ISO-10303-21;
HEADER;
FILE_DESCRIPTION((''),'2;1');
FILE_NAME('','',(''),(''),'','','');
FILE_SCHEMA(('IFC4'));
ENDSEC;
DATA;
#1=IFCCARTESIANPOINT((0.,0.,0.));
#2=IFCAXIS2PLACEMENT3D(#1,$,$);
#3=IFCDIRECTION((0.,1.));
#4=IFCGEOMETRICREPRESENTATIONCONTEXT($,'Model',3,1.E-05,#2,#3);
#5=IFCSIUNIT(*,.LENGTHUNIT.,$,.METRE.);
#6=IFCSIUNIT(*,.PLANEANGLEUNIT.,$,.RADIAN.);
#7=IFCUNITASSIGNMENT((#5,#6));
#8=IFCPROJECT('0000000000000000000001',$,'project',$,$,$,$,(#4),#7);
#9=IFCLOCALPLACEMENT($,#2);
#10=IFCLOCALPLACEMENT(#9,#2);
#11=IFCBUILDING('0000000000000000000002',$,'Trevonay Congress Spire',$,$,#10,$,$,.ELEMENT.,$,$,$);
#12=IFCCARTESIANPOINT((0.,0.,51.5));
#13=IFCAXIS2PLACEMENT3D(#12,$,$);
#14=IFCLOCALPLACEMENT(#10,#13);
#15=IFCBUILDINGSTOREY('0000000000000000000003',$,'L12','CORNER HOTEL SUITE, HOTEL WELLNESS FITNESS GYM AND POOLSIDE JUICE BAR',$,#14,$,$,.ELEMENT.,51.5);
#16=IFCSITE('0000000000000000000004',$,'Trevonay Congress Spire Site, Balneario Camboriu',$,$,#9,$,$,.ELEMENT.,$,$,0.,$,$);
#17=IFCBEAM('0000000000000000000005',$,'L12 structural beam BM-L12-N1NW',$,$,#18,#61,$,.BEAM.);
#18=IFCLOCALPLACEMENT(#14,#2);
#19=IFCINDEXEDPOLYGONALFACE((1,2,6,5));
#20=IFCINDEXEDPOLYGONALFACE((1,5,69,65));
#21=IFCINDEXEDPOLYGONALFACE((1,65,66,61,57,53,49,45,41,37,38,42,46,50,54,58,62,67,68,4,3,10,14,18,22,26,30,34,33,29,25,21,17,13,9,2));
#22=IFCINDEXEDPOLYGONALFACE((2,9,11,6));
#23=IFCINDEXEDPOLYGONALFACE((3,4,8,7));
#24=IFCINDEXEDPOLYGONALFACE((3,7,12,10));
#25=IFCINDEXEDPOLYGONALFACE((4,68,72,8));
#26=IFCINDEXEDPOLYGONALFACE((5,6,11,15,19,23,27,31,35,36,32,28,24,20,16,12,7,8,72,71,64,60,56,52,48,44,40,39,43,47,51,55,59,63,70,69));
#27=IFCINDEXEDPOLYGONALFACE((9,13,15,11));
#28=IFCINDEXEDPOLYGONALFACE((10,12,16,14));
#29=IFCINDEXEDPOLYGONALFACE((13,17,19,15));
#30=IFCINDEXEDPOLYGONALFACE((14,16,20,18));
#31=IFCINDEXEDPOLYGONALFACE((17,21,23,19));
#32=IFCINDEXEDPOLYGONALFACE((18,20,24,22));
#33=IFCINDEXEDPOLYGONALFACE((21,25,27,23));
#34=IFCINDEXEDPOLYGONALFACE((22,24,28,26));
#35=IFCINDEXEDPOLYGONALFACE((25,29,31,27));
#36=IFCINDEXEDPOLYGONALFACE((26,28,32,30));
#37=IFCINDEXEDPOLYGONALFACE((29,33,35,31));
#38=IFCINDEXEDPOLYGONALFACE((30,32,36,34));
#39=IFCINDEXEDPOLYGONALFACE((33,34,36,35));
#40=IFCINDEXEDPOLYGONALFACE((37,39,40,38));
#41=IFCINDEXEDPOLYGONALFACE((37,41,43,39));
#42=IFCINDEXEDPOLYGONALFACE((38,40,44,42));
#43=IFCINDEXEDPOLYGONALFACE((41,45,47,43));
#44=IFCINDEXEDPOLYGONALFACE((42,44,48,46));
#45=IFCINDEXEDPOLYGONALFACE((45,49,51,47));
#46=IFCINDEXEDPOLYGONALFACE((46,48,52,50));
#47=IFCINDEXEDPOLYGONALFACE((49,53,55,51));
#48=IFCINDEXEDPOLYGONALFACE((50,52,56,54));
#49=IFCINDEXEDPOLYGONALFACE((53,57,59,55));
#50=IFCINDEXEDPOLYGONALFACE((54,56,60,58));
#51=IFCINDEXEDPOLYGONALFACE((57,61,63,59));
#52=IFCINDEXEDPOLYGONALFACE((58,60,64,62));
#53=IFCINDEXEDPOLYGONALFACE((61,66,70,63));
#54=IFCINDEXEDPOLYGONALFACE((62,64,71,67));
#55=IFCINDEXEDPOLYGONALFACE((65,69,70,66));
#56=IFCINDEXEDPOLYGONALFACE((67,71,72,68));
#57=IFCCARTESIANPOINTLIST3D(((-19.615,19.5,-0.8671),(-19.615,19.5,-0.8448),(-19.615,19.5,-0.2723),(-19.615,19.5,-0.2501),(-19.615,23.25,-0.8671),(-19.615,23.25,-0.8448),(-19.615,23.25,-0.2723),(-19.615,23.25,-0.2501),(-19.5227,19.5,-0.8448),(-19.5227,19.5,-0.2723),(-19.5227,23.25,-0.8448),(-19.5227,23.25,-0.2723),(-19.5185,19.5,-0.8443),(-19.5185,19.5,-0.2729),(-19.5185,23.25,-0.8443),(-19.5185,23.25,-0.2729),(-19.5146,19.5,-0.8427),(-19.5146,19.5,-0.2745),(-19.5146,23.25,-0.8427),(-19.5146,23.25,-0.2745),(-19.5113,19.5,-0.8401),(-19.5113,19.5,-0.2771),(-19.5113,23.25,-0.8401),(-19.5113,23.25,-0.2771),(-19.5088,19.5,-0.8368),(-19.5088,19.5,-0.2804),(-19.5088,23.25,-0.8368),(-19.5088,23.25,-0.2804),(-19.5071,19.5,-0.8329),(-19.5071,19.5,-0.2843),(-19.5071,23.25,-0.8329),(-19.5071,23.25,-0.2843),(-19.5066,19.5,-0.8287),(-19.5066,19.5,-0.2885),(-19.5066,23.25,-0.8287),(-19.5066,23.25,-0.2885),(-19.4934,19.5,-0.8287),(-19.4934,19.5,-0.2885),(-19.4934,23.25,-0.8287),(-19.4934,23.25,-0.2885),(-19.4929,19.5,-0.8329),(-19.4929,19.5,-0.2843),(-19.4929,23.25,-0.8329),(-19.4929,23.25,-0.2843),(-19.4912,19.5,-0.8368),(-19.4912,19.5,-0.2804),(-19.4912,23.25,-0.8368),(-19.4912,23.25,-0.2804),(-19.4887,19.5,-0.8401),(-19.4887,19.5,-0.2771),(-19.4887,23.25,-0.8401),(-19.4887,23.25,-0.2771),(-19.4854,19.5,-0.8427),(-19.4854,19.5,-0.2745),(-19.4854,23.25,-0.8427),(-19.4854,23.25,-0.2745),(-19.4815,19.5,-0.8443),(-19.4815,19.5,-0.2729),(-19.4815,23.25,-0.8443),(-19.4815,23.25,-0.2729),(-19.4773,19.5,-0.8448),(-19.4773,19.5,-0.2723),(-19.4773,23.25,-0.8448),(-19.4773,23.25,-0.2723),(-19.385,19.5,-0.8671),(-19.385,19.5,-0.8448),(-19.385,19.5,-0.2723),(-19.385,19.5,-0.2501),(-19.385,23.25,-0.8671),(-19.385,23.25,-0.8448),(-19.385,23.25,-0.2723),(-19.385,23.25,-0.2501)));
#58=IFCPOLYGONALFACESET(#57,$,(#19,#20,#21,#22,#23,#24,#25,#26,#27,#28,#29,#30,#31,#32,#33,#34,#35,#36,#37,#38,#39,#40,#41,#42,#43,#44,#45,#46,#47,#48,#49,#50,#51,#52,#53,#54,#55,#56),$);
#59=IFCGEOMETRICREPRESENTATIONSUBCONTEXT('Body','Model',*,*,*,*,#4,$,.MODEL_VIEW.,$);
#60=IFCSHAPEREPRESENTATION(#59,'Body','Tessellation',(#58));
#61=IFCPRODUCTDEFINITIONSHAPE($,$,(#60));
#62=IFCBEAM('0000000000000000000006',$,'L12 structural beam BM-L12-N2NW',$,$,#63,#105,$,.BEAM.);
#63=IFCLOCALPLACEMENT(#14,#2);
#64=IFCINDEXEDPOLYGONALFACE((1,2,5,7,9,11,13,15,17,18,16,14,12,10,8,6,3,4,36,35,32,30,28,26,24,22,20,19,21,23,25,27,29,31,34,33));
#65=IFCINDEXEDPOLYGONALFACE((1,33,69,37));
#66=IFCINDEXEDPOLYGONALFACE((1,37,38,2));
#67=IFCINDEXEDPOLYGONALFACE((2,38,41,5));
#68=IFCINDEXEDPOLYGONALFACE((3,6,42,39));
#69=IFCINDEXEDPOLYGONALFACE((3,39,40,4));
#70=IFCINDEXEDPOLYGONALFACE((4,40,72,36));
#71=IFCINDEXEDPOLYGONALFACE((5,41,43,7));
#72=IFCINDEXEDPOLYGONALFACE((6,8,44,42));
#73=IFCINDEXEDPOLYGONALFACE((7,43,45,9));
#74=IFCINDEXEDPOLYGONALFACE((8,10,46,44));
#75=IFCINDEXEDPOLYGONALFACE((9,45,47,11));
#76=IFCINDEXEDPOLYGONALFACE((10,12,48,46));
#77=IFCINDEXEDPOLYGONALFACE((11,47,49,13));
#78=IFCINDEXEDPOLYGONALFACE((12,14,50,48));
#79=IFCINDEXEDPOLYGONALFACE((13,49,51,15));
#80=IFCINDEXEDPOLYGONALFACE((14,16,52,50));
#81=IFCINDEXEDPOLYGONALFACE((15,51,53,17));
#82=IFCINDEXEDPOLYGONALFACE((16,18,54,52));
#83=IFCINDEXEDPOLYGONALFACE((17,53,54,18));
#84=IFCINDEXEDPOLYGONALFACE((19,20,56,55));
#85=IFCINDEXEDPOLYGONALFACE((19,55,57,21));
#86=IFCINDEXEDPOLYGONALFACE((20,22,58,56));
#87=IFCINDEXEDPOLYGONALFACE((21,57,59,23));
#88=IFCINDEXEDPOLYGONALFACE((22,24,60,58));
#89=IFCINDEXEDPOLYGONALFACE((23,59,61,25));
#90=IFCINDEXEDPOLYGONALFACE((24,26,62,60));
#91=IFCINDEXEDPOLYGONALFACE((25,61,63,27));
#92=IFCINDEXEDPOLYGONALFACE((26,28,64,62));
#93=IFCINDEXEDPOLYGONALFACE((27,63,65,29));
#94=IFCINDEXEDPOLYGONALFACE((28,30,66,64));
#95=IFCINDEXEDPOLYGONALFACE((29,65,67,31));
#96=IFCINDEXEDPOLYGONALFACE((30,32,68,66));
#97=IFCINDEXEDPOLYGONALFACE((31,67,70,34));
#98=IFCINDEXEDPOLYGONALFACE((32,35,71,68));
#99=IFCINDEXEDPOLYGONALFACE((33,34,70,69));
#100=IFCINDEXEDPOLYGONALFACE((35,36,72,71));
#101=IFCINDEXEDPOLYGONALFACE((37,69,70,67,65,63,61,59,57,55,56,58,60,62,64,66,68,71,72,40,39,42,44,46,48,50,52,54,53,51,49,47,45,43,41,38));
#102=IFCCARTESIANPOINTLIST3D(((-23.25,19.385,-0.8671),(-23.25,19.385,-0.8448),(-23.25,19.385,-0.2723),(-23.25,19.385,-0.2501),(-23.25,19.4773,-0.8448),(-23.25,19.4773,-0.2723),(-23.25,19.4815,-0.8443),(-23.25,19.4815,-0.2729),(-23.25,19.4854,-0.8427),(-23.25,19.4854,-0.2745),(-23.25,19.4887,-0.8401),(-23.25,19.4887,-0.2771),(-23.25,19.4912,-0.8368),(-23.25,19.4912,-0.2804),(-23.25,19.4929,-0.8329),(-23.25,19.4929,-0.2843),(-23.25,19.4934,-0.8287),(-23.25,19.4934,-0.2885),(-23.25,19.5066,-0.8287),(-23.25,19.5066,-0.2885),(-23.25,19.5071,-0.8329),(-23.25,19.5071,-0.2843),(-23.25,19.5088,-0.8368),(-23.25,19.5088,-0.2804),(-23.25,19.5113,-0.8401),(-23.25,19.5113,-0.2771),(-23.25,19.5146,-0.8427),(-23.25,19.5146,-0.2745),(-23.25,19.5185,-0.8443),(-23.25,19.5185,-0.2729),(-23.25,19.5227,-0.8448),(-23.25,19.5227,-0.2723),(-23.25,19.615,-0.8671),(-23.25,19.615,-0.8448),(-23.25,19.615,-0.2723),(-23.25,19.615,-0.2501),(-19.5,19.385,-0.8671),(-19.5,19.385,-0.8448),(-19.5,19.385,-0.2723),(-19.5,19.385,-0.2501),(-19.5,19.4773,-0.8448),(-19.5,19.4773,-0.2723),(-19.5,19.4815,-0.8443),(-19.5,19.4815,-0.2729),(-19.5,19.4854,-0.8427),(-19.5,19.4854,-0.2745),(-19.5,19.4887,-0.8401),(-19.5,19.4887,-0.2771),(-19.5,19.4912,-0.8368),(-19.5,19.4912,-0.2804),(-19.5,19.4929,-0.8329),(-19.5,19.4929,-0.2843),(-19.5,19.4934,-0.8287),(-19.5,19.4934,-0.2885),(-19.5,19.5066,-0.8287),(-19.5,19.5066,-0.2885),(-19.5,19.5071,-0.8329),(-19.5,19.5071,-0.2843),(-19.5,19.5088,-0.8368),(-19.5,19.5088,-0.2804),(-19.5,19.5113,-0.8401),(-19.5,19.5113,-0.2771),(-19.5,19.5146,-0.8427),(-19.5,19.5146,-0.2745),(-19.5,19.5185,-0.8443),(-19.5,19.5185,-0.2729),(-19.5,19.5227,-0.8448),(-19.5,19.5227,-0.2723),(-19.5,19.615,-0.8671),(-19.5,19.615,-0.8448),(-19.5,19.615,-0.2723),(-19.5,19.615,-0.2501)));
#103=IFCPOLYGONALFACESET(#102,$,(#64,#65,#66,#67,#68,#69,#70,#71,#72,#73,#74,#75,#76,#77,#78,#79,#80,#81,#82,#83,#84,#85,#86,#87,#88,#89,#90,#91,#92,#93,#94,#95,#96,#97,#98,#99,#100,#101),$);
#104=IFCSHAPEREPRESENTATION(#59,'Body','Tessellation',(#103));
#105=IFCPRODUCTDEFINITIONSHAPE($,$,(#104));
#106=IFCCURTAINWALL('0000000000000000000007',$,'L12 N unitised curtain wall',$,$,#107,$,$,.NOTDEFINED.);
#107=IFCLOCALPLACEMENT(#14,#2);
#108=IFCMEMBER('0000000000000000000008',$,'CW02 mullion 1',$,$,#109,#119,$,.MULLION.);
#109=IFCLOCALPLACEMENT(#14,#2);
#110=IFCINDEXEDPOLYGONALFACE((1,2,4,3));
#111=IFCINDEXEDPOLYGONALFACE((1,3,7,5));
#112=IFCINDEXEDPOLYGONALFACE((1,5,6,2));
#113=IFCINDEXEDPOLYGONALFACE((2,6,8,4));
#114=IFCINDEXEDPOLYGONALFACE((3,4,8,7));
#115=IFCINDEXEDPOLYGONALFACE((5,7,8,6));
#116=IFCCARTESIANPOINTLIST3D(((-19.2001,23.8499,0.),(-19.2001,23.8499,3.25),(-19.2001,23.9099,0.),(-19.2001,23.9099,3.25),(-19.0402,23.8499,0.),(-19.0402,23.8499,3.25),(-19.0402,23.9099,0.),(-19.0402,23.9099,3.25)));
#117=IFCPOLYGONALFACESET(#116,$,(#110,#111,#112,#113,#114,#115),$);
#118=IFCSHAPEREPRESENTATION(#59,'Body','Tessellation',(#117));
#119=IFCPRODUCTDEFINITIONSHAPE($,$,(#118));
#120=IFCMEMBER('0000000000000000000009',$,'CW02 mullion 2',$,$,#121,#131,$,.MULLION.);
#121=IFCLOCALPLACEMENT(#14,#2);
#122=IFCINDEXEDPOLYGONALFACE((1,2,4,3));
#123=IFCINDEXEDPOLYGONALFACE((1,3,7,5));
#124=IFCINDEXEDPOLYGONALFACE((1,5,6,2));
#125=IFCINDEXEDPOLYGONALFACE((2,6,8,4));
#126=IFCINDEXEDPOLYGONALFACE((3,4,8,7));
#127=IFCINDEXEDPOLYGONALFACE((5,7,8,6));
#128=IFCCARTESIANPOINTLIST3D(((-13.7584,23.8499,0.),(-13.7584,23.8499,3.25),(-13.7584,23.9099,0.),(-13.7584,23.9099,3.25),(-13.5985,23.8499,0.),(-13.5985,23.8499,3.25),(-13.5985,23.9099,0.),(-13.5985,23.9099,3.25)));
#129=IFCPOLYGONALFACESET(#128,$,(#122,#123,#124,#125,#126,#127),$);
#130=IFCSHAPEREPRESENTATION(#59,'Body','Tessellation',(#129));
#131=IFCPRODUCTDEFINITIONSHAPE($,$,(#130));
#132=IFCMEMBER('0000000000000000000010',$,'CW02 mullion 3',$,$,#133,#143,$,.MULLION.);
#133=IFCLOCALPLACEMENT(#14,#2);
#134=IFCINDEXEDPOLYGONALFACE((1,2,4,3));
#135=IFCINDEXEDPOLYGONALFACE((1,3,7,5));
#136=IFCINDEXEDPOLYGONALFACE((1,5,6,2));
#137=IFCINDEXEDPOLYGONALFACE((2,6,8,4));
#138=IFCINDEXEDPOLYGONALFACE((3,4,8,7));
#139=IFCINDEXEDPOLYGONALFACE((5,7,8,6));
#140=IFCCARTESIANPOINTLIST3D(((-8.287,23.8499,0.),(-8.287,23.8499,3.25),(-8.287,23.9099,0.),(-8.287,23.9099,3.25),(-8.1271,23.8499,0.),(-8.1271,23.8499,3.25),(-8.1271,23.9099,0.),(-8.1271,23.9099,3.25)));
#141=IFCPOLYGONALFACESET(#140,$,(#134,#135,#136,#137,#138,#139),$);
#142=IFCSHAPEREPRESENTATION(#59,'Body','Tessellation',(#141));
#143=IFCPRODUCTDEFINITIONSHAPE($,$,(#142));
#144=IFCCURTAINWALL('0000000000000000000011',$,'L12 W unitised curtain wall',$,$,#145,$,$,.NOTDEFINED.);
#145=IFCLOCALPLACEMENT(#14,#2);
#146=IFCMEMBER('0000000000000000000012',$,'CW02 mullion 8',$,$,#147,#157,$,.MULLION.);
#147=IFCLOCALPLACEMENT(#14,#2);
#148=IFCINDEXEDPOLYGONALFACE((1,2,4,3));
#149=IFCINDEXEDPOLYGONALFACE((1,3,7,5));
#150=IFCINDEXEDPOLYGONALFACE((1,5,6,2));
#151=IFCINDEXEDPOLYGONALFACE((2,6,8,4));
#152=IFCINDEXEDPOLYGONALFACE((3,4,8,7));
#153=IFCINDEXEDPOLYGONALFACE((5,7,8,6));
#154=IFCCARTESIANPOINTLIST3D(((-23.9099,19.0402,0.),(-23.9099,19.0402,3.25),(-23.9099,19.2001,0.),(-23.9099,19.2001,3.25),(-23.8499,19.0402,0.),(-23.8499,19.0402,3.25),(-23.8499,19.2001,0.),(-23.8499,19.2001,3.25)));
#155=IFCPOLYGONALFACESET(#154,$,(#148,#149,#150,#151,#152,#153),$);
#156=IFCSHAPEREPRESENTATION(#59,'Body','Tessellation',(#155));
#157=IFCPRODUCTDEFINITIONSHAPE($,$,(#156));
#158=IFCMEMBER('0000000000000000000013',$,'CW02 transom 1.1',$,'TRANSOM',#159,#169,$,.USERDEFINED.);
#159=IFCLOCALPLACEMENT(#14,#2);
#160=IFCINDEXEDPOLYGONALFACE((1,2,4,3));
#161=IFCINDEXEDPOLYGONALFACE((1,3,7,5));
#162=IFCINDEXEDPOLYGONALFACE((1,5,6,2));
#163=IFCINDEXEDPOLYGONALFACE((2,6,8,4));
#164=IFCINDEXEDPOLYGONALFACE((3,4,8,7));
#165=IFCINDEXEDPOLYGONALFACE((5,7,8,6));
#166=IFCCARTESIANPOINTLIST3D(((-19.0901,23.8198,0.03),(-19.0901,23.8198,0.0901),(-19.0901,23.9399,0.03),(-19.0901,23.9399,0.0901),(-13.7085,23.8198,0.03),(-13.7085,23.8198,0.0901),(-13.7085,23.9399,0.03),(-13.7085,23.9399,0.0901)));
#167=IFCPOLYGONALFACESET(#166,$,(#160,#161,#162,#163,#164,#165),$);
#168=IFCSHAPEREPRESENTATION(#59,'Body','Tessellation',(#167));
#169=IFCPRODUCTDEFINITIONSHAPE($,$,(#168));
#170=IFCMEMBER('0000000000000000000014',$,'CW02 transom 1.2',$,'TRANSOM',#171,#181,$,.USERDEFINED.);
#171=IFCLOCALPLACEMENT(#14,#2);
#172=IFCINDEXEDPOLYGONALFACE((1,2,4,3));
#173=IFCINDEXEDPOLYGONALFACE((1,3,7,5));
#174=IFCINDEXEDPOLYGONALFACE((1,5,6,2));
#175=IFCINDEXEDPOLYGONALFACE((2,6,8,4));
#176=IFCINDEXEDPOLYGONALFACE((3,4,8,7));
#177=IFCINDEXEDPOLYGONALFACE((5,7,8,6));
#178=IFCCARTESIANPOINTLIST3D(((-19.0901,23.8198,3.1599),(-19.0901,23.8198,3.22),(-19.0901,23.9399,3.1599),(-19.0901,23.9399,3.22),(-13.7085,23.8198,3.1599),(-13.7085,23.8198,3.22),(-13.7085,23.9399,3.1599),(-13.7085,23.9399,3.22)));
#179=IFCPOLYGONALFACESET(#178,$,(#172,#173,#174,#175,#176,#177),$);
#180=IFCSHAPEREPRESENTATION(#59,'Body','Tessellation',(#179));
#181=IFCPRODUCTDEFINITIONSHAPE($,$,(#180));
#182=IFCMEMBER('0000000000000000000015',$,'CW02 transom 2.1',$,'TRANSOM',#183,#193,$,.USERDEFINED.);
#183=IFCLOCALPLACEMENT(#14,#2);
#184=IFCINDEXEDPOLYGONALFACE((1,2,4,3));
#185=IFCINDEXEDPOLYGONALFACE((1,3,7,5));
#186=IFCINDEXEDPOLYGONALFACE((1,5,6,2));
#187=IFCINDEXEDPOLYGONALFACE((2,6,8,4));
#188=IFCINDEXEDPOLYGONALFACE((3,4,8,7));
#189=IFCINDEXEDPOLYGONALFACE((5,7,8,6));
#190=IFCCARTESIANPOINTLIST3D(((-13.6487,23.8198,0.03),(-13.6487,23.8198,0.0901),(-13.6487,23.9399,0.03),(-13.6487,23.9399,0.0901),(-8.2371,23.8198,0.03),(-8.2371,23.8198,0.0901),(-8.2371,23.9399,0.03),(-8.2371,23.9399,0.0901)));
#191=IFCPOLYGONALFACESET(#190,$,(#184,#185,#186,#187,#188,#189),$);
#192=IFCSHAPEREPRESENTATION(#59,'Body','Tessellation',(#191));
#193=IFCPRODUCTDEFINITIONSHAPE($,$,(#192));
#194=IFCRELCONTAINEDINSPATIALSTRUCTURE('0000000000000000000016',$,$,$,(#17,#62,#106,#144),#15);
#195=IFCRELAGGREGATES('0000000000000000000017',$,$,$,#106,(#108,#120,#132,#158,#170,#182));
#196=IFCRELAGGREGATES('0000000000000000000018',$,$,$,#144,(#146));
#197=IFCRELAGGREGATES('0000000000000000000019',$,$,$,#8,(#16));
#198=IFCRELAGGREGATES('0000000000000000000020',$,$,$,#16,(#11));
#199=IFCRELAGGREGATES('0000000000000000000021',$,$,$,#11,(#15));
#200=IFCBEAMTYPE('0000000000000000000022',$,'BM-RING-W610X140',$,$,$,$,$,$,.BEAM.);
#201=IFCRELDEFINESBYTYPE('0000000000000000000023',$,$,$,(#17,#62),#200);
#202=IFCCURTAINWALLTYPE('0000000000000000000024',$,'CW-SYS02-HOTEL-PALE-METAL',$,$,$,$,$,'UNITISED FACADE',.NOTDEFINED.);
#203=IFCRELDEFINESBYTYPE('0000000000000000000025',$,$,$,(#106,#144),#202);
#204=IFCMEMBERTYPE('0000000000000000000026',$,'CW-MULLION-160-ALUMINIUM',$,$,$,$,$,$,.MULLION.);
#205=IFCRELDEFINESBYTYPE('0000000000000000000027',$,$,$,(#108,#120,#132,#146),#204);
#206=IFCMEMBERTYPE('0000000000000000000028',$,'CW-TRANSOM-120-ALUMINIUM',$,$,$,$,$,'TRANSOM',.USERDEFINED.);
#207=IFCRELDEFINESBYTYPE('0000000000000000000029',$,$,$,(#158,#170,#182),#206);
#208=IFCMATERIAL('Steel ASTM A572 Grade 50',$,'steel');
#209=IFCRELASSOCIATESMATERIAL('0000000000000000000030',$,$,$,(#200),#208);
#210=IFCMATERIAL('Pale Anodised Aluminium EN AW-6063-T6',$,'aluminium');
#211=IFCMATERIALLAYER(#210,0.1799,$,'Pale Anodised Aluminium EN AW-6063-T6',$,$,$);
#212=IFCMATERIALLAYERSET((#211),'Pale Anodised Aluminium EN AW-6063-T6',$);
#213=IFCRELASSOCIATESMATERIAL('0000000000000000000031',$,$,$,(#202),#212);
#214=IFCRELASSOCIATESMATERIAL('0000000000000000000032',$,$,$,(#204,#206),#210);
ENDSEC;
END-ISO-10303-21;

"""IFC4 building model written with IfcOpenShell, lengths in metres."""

from ifc_helpers import new_model, si_unit, direction, frame, origin, origin_2d, place, context, subcontext, project, spatial, rectangle, i_section, extrude, material, layer, layer_set, material_profile, profile_set, type_object, element, aggregate, save


model = new_model("IFC4")

# Units and contexts
model_context = context("Model", 3, precision=1e-05, world=origin(), true_north=direction((0.0, 1.0)))
body_context = subcontext(model_context, "Body", "Model", "MODEL_VIEW")
ifc_project = project(units=[si_unit("LENGTHUNIT", "METRE"), si_unit("PLANEANGLEUNIT", "RADIAN")], contexts=[model_context])

# Site, building, storey
site_placement = place(None, origin())
site = spatial("IfcSite", under=ifc_project, at=site_placement, Name="Trevonay Congress Spire Site, Balneario Camboriu", CompositionType="ELEMENT", RefElevation=0.0)
building_placement = place(site_placement, origin())
building = spatial("IfcBuilding", under=site, at=building_placement, Name="Trevonay Congress Spire", CompositionType="ELEMENT")
storey_placement = place(building_placement, frame((0.0, 0.0, 51.5)))
storey = spatial("IfcBuildingStorey", under=building, at=storey_placement, Name="L12", Description="CORNER HOTEL SUITE, HOTEL WELLNESS FITNESS GYM AND POOLSIDE JUICE BAR", CompositionType="ELEMENT", Elevation=51.5)

# Shared definitions
ifc_material_1 = material(Name="Steel ASTM A572 Grade 50", Category="steel")

# Beams
ifc_material_profile_1 = material_profile(ifc_material_1, i_section(OverallWidth=0.23, OverallDepth=0.6169, WebThickness=0.0132, FlangeThickness=0.0222, FilletRadius=0.0161, at=origin_2d()), Name="W610x140")
ifc_profile_set_1 = profile_set([ifc_material_profile_1], Name="Steel ASTM A572 Grade 50")
beam_type = type_object("IfcBeamType", Name="BM-RING-W610X140", PredefinedType="BEAM", material=ifc_profile_set_1)
for number, where, z_axis, x_axis, name in (
    (1, (-19.5, 23.25, -0.5586), (0.0, -1.0, 0.0), (1.0, 0.0, 0.0), "L12 structural beam BM-L12-N1NW"),
    (2, (-23.25, 19.5, -0.5586), (1.0, 0.0, 0.0), (0.0, 1.0, 0.0), "L12 structural beam BM-L12-N2NW"),
):
    element("IfcBeam", number, at=place(storey_placement, frame(where, z_axis=z_axis, x_axis=x_axis)), inside=storey, type_object=beam_type, Name=name, PredefinedType="BEAM", context=body_context, shape_type="SweptSolid", body=[
        extrude(i_section(OverallWidth=0.23, OverallDepth=0.6169, WebThickness=0.0132, FlangeThickness=0.0222, FilletRadius=0.0161, at=origin_2d()), origin(), (0.0, 0.0, 1.0), 3.75),
    ])

# Curtain wall, members
ifc_material_2 = material(Name="Pale Anodised Aluminium EN AW-6063-T6", Category="aluminium")
ifc_layer_1 = layer(ifc_material_2, 0.1799, Name="Pale Anodised Aluminium EN AW-6063-T6")
ifc_layer_set_1 = layer_set([ifc_layer_1], Name="Pale Anodised Aluminium EN AW-6063-T6")
curtain_wall_type = type_object("IfcCurtainWallType", Name="CW-SYS02-HOTEL-PALE-METAL", ElementType="UNITISED FACADE", PredefinedType="NOTDEFINED", material=ifc_layer_set_1)
curtain_wall_1_placement = place(storey_placement, origin())
curtain_wall_1 = element("IfcCurtainWall", 3, at=curtain_wall_1_placement, inside=storey, type_object=curtain_wall_type, Name="L12 N unitised curtain wall", PredefinedType="NOTDEFINED")
ifc_material_profile_2 = material_profile(ifc_material_2, rectangle(XDim=0.0601, YDim=0.1599, at=origin_2d()), Name="CW-MULLION-160-ALUMINIUM")
ifc_profile_set_2 = profile_set([ifc_material_profile_2], Name="Pale Anodised Aluminium EN AW-6063-T6")
member_type_1 = type_object("IfcMemberType", Name="CW-MULLION-160-ALUMINIUM", PredefinedType="MULLION", material=ifc_profile_set_2)
member_1_placement = place(storey_placement, frame((-19.1201, 23.8799, 0.0), z_axis=(0.0, 0.0, 1.0), x_axis=(0.0, 1.0, 0.0)))
member_1 = element("IfcMember", 4, at=member_1_placement, type_object=member_type_1, Name="CW02 mullion 1", PredefinedType="MULLION", context=body_context, shape_type="SweptSolid", body=[
    extrude(rectangle(XDim=0.0601, YDim=0.1599, at=origin_2d()), origin(), (0.0, 0.0, 1.0), 3.25),
])
member_2_placement = place(storey_placement, frame((-13.6785, 23.8799, 0.0), z_axis=(0.0, 0.0, 1.0), x_axis=(0.0, 1.0, 0.0)))
member_2 = element("IfcMember", 5, at=member_2_placement, type_object=member_type_1, Name="CW02 mullion 2", PredefinedType="MULLION", context=body_context, shape_type="SweptSolid", body=[
    extrude(rectangle(XDim=0.0601, YDim=0.1599, at=origin_2d()), origin(), (0.0, 0.0, 1.0), 3.25),
])
member_3_placement = place(storey_placement, frame((-8.207, 23.8799, 0.0), z_axis=(0.0, 0.0, 1.0), x_axis=(0.0, 1.0, 0.0)))
member_3 = element("IfcMember", 6, at=member_3_placement, type_object=member_type_1, Name="CW02 mullion 3", PredefinedType="MULLION", context=body_context, shape_type="SweptSolid", body=[
    extrude(rectangle(XDim=0.0601, YDim=0.1599, at=origin_2d()), origin(), (0.0, 0.0, 1.0), 3.25),
])

# Curtain wall, member
curtain_wall_2_placement = place(storey_placement, origin())
curtain_wall_2 = element("IfcCurtainWall", 7, at=curtain_wall_2_placement, inside=storey, type_object=curtain_wall_type, Name="L12 W unitised curtain wall", PredefinedType="NOTDEFINED")
member_4_placement = place(storey_placement, frame((-23.8799, 19.1201, 0.0), z_axis=(0.0, 0.0, 1.0), x_axis=(-1.0, 0.0, 0.0)))
member_4 = element("IfcMember", 8, at=member_4_placement, type_object=member_type_1, Name="CW02 mullion 8", PredefinedType="MULLION", context=body_context, shape_type="SweptSolid", body=[
    extrude(rectangle(XDim=0.0601, YDim=0.1599, at=origin_2d()), origin(), (0.0, 0.0, 1.0), 3.25),
])

# Members
ifc_material_profile_3 = material_profile(ifc_material_2, rectangle(XDim=0.1201, YDim=0.0601, at=origin_2d()), Name="CW-TRANSOM-120-ALUMINIUM")
ifc_profile_set_3 = profile_set([ifc_material_profile_3], Name="Pale Anodised Aluminium EN AW-6063-T6")
member_type_2 = type_object("IfcMemberType", Name="CW-TRANSOM-120-ALUMINIUM", ElementType="TRANSOM", PredefinedType="USERDEFINED", material=ifc_profile_set_3)
member_5_placement = place(storey_placement, frame((-19.0901, 23.8799, 0.0601), z_axis=(1.0, 0.0, 0.0), x_axis=(0.0, 1.0, 0.0)))
member_5 = element("IfcMember", 9, at=member_5_placement, type_object=member_type_2, Name="CW02 transom 1.1", ObjectType="TRANSOM", PredefinedType="USERDEFINED", context=body_context, shape_type="SweptSolid", body=[
    extrude(rectangle(XDim=0.1201, YDim=0.0601, at=origin_2d()), origin(), (0.0, 0.0, 1.0), 5.3816),
])
member_6_placement = place(storey_placement, frame((-19.0901, 23.8799, 3.1899), z_axis=(1.0, 0.0, 0.0), x_axis=(0.0, 1.0, 0.0)))
member_6 = element("IfcMember", 10, at=member_6_placement, type_object=member_type_2, Name="CW02 transom 1.2", ObjectType="TRANSOM", PredefinedType="USERDEFINED", context=body_context, shape_type="SweptSolid", body=[
    extrude(rectangle(XDim=0.1201, YDim=0.0601, at=origin_2d()), origin(), (0.0, 0.0, 1.0), 5.3816),
])
member_7_placement = place(storey_placement, frame((-13.6487, 23.8799, 0.0601), z_axis=(1.0, 0.0, 0.0), x_axis=(0.0, 1.0, 0.0)))
member_7 = element("IfcMember", 11, at=member_7_placement, type_object=member_type_2, Name="CW02 transom 2.1", ObjectType="TRANSOM", PredefinedType="USERDEFINED", context=body_context, shape_type="SweptSolid", body=[
    extrude(rectangle(XDim=0.1201, YDim=0.0601, at=origin_2d()), origin(), (0.0, 0.0, 1.0), 5.4116),
])

aggregate(curtain_wall_1, [member_1, member_2, member_3, member_5, member_6, member_7])
aggregate(curtain_wall_2, [member_4])

save(model, "model.ifc")
